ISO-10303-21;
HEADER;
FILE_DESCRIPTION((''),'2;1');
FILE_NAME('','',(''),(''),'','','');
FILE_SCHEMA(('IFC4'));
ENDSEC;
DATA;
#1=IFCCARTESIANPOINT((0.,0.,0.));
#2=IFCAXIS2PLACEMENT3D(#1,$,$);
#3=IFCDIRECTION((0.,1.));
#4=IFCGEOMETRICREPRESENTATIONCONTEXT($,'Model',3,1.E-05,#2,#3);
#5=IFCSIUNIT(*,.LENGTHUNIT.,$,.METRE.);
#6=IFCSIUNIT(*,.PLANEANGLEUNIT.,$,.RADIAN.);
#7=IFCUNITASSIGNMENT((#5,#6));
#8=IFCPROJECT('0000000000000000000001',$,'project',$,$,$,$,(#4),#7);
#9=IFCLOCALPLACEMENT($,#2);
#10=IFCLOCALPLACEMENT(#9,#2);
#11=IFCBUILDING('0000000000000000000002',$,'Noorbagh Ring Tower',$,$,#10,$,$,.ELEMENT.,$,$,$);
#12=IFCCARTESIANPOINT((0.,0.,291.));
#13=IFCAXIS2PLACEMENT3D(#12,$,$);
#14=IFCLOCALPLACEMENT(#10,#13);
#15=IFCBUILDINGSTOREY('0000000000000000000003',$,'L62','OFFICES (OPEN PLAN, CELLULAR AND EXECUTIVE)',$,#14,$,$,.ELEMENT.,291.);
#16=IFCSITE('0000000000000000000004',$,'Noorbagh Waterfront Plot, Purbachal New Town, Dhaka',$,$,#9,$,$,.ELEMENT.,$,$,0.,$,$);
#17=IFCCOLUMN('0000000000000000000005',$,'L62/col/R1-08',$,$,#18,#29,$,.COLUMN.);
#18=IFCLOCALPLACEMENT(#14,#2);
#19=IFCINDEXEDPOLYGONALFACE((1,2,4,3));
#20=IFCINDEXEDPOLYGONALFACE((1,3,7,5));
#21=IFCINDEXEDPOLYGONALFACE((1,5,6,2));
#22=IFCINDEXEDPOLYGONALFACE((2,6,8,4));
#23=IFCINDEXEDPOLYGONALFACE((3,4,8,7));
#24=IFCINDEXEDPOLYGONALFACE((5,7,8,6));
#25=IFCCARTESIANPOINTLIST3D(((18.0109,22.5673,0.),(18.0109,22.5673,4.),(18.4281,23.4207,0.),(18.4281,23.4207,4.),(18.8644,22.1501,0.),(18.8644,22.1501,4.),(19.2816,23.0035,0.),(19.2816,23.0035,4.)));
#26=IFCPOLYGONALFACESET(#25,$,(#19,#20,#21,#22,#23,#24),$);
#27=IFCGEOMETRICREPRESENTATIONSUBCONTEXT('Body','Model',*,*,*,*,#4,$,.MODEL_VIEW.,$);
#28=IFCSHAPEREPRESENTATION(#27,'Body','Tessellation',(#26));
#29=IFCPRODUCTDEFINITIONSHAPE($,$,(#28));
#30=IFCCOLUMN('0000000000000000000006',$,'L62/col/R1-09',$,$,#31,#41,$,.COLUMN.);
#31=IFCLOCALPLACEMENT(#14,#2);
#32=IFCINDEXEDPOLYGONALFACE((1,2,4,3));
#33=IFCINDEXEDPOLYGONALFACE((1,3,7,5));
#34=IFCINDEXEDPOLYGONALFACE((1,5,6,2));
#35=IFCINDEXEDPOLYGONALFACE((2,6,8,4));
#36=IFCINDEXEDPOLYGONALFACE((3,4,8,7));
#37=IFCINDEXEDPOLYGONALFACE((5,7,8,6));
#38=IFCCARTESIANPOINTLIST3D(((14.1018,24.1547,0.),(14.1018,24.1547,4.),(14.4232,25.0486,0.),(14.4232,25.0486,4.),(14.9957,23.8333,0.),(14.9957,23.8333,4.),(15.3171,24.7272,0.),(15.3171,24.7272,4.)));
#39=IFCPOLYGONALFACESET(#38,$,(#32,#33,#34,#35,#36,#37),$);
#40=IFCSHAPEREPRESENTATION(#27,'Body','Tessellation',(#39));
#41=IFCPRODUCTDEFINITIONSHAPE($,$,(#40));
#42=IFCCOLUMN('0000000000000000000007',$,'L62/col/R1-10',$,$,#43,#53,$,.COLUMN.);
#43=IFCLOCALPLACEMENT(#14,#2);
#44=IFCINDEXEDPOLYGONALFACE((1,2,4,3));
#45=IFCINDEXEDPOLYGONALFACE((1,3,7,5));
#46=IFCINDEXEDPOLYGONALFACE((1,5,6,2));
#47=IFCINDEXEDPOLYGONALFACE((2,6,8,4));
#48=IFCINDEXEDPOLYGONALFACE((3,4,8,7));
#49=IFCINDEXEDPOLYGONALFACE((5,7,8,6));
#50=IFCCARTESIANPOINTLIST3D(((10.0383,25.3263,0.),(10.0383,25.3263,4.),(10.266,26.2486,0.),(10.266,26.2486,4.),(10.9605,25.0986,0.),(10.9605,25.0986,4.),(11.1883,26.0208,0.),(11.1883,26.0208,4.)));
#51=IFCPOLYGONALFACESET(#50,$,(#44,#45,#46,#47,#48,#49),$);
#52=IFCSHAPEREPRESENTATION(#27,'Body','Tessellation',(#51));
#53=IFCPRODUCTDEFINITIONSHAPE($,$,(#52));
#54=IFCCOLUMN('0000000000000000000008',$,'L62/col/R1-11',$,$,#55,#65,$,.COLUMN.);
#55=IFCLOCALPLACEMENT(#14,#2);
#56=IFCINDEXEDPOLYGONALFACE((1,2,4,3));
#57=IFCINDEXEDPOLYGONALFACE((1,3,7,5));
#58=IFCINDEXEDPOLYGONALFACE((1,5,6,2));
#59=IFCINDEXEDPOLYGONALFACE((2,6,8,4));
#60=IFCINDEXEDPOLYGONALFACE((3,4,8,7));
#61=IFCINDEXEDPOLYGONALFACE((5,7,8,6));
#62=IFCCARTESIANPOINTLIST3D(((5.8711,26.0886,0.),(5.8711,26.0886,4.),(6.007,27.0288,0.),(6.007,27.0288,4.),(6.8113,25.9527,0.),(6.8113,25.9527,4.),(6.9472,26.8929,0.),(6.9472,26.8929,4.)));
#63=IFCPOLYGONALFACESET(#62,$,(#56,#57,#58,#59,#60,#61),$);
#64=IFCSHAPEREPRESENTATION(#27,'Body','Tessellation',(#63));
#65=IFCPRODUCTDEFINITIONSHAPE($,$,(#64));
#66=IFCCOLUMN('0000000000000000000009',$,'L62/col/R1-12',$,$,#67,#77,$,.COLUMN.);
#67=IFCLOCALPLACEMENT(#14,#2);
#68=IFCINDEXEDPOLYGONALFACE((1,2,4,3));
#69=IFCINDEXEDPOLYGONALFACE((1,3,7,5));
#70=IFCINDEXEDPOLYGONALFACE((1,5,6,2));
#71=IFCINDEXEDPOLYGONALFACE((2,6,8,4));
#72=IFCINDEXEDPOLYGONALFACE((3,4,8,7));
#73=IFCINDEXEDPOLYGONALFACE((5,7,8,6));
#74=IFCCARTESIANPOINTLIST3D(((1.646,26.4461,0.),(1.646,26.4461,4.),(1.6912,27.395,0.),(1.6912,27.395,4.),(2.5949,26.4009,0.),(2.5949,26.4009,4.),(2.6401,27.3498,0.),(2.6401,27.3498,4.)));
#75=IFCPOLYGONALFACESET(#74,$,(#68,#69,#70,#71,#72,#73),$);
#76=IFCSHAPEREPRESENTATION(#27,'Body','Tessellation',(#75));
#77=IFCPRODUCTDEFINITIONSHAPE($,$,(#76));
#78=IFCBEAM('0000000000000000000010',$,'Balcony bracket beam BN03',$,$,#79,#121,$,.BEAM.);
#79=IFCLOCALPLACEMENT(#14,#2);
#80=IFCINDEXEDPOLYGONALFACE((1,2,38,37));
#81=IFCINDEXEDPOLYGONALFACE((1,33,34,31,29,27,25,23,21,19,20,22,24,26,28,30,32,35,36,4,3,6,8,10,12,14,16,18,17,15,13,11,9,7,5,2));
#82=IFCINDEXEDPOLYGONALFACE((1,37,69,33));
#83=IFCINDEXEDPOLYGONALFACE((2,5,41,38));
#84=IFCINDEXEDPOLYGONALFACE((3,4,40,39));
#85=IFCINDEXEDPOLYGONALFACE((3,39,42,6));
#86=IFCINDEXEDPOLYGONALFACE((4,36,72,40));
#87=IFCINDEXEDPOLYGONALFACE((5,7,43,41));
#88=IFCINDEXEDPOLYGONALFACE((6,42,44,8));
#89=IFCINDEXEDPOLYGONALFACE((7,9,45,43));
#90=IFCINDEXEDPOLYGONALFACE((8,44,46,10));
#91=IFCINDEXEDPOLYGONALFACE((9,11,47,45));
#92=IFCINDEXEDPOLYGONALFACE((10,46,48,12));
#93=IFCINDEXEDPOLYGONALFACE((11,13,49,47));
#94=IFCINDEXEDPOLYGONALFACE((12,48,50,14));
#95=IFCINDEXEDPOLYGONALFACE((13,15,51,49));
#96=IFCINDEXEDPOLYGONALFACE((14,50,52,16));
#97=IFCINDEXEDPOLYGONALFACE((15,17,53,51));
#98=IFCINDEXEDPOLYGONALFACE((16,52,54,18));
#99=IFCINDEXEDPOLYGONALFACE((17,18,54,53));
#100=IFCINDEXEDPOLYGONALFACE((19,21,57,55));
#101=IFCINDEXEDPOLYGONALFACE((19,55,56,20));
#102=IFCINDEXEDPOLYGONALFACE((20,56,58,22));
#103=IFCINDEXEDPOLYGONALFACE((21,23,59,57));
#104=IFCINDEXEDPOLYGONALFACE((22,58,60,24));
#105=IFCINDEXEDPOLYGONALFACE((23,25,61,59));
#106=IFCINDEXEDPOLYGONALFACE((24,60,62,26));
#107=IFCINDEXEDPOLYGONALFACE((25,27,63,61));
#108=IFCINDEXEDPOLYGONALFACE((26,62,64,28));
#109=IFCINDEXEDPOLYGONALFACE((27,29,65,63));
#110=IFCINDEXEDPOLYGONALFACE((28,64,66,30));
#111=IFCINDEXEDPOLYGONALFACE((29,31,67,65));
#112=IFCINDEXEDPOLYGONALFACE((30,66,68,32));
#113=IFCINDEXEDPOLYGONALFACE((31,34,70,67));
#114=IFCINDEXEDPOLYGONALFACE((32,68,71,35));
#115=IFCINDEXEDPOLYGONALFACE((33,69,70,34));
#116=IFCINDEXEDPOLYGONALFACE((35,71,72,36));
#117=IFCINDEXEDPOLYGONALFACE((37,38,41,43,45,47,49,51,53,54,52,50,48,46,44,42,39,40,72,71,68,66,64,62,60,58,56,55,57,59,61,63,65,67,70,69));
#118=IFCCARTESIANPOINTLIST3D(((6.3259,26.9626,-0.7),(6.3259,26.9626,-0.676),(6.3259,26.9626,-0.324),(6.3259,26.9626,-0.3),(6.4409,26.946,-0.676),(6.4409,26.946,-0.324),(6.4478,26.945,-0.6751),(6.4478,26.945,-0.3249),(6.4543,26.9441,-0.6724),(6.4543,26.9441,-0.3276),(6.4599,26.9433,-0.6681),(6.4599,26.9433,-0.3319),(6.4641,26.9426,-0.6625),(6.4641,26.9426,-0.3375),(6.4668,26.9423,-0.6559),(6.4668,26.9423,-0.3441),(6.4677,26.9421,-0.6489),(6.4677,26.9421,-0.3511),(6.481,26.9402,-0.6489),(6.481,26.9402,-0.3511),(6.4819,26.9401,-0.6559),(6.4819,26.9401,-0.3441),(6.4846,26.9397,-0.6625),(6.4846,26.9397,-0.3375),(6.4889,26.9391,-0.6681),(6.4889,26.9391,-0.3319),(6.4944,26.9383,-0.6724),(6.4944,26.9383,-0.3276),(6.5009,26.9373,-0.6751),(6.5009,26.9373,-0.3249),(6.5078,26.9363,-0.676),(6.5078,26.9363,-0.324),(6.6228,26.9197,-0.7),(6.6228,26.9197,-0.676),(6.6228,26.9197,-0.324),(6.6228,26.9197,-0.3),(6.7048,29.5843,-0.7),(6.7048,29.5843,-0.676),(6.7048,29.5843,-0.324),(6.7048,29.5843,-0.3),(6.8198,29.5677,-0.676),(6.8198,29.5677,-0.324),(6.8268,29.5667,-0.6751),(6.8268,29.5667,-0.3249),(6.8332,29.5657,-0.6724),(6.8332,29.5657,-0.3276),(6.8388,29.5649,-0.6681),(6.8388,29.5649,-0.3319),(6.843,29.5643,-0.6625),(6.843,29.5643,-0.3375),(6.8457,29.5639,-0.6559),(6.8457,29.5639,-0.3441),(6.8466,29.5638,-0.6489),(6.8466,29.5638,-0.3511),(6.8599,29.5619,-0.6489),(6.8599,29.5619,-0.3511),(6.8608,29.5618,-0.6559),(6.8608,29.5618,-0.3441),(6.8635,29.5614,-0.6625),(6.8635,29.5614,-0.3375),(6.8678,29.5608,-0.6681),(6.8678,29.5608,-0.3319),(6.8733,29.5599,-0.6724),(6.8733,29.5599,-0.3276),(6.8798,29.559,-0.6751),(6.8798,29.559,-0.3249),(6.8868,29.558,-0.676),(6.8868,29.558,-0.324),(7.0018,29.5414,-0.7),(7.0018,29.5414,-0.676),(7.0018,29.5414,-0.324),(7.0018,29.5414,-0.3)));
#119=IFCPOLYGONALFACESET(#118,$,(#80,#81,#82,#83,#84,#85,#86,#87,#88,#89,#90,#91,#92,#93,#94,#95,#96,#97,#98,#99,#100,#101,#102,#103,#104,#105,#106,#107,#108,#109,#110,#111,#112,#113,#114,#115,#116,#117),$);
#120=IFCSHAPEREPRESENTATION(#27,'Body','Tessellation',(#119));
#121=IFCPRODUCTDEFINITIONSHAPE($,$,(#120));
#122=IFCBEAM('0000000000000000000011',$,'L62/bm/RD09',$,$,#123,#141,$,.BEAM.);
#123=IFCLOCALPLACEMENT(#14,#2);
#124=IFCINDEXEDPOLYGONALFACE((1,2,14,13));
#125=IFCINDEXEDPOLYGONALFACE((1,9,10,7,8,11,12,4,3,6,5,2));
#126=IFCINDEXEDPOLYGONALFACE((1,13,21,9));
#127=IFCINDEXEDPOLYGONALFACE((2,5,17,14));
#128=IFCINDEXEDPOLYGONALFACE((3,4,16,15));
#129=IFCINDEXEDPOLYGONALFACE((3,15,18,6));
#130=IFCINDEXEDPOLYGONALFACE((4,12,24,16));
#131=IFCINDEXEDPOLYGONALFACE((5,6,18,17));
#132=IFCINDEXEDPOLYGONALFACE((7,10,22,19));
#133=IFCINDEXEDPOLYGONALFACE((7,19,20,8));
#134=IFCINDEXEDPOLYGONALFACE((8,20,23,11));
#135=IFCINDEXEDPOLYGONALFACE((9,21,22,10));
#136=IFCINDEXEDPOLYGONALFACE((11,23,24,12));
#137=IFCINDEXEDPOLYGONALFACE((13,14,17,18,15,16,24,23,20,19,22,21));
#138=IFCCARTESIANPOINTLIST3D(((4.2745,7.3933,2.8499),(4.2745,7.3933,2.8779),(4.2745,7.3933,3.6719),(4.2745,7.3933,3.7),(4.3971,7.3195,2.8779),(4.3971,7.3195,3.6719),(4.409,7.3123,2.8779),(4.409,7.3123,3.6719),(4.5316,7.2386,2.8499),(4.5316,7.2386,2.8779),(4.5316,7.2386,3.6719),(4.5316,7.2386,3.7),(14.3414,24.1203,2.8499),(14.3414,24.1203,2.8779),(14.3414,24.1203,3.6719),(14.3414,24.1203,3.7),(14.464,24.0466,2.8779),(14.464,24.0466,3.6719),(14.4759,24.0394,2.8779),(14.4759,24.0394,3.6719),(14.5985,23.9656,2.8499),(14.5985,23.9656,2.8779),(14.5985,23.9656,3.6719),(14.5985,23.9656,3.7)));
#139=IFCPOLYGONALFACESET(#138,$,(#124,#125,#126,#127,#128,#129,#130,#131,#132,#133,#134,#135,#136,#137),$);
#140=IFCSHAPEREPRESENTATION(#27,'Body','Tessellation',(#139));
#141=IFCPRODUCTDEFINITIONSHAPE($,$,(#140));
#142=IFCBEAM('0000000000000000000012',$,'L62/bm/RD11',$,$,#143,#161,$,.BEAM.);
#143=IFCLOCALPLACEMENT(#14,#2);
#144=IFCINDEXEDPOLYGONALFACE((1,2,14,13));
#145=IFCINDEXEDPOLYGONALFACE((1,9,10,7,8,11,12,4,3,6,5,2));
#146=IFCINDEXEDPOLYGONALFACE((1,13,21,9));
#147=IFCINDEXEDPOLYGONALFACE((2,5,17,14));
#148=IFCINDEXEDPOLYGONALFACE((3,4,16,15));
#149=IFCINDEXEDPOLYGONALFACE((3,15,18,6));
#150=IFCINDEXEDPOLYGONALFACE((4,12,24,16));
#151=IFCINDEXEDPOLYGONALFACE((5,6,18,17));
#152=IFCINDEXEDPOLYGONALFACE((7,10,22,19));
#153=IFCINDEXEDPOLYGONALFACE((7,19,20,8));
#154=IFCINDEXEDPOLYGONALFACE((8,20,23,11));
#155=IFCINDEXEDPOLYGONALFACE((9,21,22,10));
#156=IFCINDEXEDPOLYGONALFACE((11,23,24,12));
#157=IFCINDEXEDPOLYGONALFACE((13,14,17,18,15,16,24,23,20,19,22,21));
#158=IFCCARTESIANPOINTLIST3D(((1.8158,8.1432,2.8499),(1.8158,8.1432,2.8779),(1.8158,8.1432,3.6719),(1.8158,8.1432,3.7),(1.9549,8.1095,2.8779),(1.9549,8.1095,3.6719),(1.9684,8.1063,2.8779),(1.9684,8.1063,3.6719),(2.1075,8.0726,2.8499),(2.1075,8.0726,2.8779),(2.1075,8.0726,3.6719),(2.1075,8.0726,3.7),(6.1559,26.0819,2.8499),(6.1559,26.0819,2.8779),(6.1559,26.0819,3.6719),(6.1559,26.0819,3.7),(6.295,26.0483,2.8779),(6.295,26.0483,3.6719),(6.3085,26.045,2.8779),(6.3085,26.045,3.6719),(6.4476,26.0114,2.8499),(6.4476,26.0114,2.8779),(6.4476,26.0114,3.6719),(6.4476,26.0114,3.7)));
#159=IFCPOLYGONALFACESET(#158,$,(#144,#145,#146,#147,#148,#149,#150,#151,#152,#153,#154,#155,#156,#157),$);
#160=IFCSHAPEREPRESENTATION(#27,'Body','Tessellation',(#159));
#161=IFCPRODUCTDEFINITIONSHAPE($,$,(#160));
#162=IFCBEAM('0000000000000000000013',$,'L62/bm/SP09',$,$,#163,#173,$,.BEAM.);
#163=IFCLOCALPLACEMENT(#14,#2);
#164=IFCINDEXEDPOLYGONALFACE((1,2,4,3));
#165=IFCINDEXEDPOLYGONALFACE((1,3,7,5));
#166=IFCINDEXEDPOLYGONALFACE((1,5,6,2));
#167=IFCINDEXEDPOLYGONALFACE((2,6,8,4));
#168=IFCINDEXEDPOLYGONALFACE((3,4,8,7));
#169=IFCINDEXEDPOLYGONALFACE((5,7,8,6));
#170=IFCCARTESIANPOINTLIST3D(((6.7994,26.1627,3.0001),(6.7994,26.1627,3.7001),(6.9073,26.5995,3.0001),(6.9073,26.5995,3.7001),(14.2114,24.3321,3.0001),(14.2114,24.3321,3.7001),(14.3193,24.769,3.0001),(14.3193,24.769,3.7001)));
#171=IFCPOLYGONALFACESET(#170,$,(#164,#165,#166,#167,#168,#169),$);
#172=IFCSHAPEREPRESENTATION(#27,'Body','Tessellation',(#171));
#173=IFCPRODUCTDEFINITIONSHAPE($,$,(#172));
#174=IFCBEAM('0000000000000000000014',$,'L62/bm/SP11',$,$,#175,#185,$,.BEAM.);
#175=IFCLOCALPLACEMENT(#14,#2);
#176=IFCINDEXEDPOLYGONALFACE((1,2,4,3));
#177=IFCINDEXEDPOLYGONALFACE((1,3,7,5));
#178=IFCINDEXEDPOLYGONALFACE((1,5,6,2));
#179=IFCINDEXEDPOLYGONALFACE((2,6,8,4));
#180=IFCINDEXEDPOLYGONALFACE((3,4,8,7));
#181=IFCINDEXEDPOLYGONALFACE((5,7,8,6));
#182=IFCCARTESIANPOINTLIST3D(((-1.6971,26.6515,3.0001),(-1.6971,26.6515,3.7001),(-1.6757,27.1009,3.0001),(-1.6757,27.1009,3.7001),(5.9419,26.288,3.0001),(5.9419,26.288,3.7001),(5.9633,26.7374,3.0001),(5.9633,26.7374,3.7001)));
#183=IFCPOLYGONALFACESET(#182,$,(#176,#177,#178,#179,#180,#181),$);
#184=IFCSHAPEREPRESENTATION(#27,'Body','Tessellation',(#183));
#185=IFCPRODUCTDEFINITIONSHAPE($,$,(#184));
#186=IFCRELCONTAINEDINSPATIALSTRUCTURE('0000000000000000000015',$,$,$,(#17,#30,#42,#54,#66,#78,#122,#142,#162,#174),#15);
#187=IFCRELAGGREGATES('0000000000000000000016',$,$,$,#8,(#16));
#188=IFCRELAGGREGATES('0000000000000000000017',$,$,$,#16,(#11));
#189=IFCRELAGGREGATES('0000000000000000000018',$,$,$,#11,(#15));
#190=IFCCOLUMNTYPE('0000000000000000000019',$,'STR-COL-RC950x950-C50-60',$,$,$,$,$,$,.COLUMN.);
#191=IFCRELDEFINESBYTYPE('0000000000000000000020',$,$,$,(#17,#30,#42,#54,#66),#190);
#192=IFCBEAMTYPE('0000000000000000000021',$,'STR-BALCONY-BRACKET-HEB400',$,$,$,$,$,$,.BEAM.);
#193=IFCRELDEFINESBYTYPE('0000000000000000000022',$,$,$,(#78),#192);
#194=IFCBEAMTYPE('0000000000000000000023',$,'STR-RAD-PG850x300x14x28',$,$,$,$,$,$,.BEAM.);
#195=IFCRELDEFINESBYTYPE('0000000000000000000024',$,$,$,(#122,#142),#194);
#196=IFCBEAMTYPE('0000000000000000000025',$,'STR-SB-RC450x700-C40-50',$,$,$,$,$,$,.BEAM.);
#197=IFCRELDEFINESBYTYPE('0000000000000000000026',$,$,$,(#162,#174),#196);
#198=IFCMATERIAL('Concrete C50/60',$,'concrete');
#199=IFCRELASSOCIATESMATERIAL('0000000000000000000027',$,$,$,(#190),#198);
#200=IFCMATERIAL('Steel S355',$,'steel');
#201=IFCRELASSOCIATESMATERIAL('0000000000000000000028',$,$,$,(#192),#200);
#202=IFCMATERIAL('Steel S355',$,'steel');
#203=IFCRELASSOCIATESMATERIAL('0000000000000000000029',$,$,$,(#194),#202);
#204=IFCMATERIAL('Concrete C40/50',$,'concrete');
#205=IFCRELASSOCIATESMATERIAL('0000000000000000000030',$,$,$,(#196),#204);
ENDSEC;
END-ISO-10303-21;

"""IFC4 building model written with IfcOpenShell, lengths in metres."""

from ifc_helpers import new_model, si_unit, direction, frame, origin, origin_2d, place, context, subcontext, project, spatial, rectangle, i_section, extrude, material, material_profile, profile_set, type_object, element, save


model = new_model("IFC4")

# Units and contexts
model_context = context("Model", 3, precision=1e-05, world=origin(), true_north=direction((0.0, 1.0)))
body_context = subcontext(model_context, "Body", "Model", "MODEL_VIEW")
ifc_project = project(units=[si_unit("LENGTHUNIT", "METRE"), si_unit("PLANEANGLEUNIT", "RADIAN")], contexts=[model_context])

# Site, building, storey
site_placement = place(None, origin())
site = spatial("IfcSite", under=ifc_project, at=site_placement, Name="Noorbagh Waterfront Plot, Purbachal New Town, Dhaka", CompositionType="ELEMENT", RefElevation=0.0)
building_placement = place(site_placement, origin())
building = spatial("IfcBuilding", under=site, at=building_placement, Name="Noorbagh Ring Tower", CompositionType="ELEMENT")
storey_placement = place(building_placement, frame((0.0, 0.0, 291.0)))
storey = spatial("IfcBuildingStorey", under=building, at=storey_placement, Name="L62", Description="OFFICES (OPEN PLAN, CELLULAR AND EXECUTIVE)", CompositionType="ELEMENT", Elevation=291.0)

# Columns
ifc_material_1 = material(Name="Concrete C50/60", Category="concrete")
ifc_material_profile_1 = material_profile(ifc_material_1, rectangle(XDim=0.95, YDim=0.95, at=origin_2d()), Name="RC950x950")
ifc_profile_set_1 = profile_set([ifc_material_profile_1], Name="Concrete C50/60")
column_type = type_object("IfcColumnType", Name="STR-COL-RC950x950-C50-60", PredefinedType="COLUMN", material=ifc_profile_set_1)
for number, where, z_axis, x_axis, name in (
    (1, (18.6462, 22.7854, 0.0), (0.0, 0.0, 1.0), (-0.898399, 0.43918, 0.0), "L62/col/R1-08"),
    (2, (14.7095, 24.4409, 0.0), (0.0, 0.0, 1.0), (-0.941025, 0.338338, 0.0), "L62/col/R1-09"),
    (3, (10.6133, 25.6736, 0.0), (0.0, 0.0, 1.0), (-0.970829, 0.239771, 0.0), "L62/col/R1-10"),
    (4, (6.4092, 26.4907, 0.0), (0.0, 0.0, 1.0), (-0.989713, 0.143066, 0.0), "L62/col/R1-11"),
    (5, (2.1431, 26.8979, 0.0), (0.0, 0.0, 1.0), (-0.998869, 0.047553, 0.0), "L62/col/R1-12"),
):
    element("IfcColumn", number, at=place(storey_placement, frame(where, z_axis=z_axis, x_axis=x_axis)), inside=storey, type_object=column_type, Name=name, PredefinedType="COLUMN", context=body_context, shape_type="SweptSolid", body=[
        extrude(rectangle(XDim=0.95, YDim=0.95, at=origin_2d()), origin(), (0.0, 0.0, 1.0), 4.0),
    ])

# Beams
ifc_material_2 = material(Name="Steel S355", Category="steel")
ifc_material_profile_2 = material_profile(ifc_material_2, i_section(OverallWidth=0.3, OverallDepth=0.3999, WebThickness=0.0134, FlangeThickness=0.0239, FilletRadius=0.0271, at=origin_2d()), Name="HEB400")
ifc_profile_set_2 = profile_set([ifc_material_profile_2], Name="Steel S355")
beam_type_1 = type_object("IfcBeamType", Name="STR-BALCONY-BRACKET-HEB400", PredefinedType="BEAM", material=ifc_profile_set_2)
beam_1_placement = place(storey_placement, frame((6.4744, 26.9412, -0.5), z_axis=(0.143047, 0.989716, 0.0), x_axis=(-0.989716, 0.143047, 0.0)))
element("IfcBeam", 6, at=beam_1_placement, inside=storey, type_object=beam_type_1, Name="Balcony bracket beam BN03", PredefinedType="BEAM", context=body_context, shape_type="SweptSolid", body=[
    extrude(i_section(OverallWidth=0.3, OverallDepth=0.3999, WebThickness=0.0134, FlangeThickness=0.0239, FilletRadius=0.0271, at=origin_2d()), origin(), (0.0, 0.0, 1.0), 2.6489),
])
ifc_material_3 = material(Name="Steel S355", Category="steel")
ifc_material_profile_3 = material_profile(ifc_material_3, i_section(OverallWidth=0.3, OverallDepth=0.8501, WebThickness=0.0139, FlangeThickness=0.0281, at=origin_2d()), Name="PG850x300x14x28")
ifc_profile_set_3 = profile_set([ifc_material_profile_3], Name="Steel S355")
beam_type_2 = type_object("IfcBeamType", Name="STR-RAD-PG850x300x14x28", PredefinedType="BEAM", material=ifc_profile_set_3)
beam_2_placement = place(storey_placement, frame((14.47, 24.043, 3.2749), z_axis=(-0.51565, -0.856799, 0.0), x_axis=(0.856799, -0.51565, 0.0)))
element("IfcBeam", 7, at=beam_2_placement, inside=storey, type_object=beam_type_2, Name="L62/bm/RD09", PredefinedType="BEAM", context=body_context, shape_type="SweptSolid", body=[
    extrude(i_section(OverallWidth=0.3, OverallDepth=0.8501, WebThickness=0.0139, FlangeThickness=0.0281, at=origin_2d()), origin(), (0.0, 0.0, 1.0), 19.5227),
])
beam_3_placement = place(storey_placement, frame((6.3018, 26.0466, 3.2749), z_axis=(-0.235155, -0.971958, 0.0), x_axis=(0.971958, -0.235155, 0.0)))
element("IfcBeam", 8, at=beam_3_placement, inside=storey, type_object=beam_type_2, Name="L62/bm/RD11", PredefinedType="BEAM", context=body_context, shape_type="SweptSolid", body=[
    extrude(i_section(OverallWidth=0.3, OverallDepth=0.8501, WebThickness=0.0139, FlangeThickness=0.0281, at=origin_2d()), origin(), (0.0, 0.0, 1.0), 18.4563),
])
ifc_material_4 = material(Name="Concrete C40/50", Category="concrete")
ifc_material_profile_4 = material_profile(ifc_material_4, rectangle(XDim=0.45, YDim=0.7, at=origin_2d()), Name="RC450x700")
ifc_profile_set_4 = profile_set([ifc_material_profile_4], Name="Concrete C40/50")
beam_type_3 = type_object("IfcBeamType", Name="STR-SB-RC450x700-C40-50", PredefinedType="BEAM", material=ifc_profile_set_4)
beam_4_placement = place(storey_placement, frame((14.2654, 24.5505, 3.3501), z_axis=(-0.970831, 0.239766, 0.0), x_axis=(-0.239766, -0.970831, 0.0)))
element("IfcBeam", 9, at=beam_4_placement, inside=storey, type_object=beam_type_3, Name="L62/bm/SP09", PredefinedType="BEAM", context=body_context, shape_type="SweptSolid", body=[
    extrude(rectangle(XDim=0.45, YDim=0.7, at=origin_2d()), origin(), (0.0, 0.0, 1.0), 7.6348),
])
beam_5_placement = place(storey_placement, frame((5.9526, 26.5127, 3.3501), z_axis=(-0.99887, 0.047533, 0.0), x_axis=(-0.047533, -0.99887, 0.0)))
element("IfcBeam", 10, at=beam_5_placement, inside=storey, type_object=beam_type_3, Name="L62/bm/SP11", PredefinedType="BEAM", context=body_context, shape_type="SweptSolid", body=[
    extrude(rectangle(XDim=0.45, YDim=0.7, at=origin_2d()), origin(), (0.0, 0.0, 1.0), 7.6477),
])

save(model, "model.ifc")
